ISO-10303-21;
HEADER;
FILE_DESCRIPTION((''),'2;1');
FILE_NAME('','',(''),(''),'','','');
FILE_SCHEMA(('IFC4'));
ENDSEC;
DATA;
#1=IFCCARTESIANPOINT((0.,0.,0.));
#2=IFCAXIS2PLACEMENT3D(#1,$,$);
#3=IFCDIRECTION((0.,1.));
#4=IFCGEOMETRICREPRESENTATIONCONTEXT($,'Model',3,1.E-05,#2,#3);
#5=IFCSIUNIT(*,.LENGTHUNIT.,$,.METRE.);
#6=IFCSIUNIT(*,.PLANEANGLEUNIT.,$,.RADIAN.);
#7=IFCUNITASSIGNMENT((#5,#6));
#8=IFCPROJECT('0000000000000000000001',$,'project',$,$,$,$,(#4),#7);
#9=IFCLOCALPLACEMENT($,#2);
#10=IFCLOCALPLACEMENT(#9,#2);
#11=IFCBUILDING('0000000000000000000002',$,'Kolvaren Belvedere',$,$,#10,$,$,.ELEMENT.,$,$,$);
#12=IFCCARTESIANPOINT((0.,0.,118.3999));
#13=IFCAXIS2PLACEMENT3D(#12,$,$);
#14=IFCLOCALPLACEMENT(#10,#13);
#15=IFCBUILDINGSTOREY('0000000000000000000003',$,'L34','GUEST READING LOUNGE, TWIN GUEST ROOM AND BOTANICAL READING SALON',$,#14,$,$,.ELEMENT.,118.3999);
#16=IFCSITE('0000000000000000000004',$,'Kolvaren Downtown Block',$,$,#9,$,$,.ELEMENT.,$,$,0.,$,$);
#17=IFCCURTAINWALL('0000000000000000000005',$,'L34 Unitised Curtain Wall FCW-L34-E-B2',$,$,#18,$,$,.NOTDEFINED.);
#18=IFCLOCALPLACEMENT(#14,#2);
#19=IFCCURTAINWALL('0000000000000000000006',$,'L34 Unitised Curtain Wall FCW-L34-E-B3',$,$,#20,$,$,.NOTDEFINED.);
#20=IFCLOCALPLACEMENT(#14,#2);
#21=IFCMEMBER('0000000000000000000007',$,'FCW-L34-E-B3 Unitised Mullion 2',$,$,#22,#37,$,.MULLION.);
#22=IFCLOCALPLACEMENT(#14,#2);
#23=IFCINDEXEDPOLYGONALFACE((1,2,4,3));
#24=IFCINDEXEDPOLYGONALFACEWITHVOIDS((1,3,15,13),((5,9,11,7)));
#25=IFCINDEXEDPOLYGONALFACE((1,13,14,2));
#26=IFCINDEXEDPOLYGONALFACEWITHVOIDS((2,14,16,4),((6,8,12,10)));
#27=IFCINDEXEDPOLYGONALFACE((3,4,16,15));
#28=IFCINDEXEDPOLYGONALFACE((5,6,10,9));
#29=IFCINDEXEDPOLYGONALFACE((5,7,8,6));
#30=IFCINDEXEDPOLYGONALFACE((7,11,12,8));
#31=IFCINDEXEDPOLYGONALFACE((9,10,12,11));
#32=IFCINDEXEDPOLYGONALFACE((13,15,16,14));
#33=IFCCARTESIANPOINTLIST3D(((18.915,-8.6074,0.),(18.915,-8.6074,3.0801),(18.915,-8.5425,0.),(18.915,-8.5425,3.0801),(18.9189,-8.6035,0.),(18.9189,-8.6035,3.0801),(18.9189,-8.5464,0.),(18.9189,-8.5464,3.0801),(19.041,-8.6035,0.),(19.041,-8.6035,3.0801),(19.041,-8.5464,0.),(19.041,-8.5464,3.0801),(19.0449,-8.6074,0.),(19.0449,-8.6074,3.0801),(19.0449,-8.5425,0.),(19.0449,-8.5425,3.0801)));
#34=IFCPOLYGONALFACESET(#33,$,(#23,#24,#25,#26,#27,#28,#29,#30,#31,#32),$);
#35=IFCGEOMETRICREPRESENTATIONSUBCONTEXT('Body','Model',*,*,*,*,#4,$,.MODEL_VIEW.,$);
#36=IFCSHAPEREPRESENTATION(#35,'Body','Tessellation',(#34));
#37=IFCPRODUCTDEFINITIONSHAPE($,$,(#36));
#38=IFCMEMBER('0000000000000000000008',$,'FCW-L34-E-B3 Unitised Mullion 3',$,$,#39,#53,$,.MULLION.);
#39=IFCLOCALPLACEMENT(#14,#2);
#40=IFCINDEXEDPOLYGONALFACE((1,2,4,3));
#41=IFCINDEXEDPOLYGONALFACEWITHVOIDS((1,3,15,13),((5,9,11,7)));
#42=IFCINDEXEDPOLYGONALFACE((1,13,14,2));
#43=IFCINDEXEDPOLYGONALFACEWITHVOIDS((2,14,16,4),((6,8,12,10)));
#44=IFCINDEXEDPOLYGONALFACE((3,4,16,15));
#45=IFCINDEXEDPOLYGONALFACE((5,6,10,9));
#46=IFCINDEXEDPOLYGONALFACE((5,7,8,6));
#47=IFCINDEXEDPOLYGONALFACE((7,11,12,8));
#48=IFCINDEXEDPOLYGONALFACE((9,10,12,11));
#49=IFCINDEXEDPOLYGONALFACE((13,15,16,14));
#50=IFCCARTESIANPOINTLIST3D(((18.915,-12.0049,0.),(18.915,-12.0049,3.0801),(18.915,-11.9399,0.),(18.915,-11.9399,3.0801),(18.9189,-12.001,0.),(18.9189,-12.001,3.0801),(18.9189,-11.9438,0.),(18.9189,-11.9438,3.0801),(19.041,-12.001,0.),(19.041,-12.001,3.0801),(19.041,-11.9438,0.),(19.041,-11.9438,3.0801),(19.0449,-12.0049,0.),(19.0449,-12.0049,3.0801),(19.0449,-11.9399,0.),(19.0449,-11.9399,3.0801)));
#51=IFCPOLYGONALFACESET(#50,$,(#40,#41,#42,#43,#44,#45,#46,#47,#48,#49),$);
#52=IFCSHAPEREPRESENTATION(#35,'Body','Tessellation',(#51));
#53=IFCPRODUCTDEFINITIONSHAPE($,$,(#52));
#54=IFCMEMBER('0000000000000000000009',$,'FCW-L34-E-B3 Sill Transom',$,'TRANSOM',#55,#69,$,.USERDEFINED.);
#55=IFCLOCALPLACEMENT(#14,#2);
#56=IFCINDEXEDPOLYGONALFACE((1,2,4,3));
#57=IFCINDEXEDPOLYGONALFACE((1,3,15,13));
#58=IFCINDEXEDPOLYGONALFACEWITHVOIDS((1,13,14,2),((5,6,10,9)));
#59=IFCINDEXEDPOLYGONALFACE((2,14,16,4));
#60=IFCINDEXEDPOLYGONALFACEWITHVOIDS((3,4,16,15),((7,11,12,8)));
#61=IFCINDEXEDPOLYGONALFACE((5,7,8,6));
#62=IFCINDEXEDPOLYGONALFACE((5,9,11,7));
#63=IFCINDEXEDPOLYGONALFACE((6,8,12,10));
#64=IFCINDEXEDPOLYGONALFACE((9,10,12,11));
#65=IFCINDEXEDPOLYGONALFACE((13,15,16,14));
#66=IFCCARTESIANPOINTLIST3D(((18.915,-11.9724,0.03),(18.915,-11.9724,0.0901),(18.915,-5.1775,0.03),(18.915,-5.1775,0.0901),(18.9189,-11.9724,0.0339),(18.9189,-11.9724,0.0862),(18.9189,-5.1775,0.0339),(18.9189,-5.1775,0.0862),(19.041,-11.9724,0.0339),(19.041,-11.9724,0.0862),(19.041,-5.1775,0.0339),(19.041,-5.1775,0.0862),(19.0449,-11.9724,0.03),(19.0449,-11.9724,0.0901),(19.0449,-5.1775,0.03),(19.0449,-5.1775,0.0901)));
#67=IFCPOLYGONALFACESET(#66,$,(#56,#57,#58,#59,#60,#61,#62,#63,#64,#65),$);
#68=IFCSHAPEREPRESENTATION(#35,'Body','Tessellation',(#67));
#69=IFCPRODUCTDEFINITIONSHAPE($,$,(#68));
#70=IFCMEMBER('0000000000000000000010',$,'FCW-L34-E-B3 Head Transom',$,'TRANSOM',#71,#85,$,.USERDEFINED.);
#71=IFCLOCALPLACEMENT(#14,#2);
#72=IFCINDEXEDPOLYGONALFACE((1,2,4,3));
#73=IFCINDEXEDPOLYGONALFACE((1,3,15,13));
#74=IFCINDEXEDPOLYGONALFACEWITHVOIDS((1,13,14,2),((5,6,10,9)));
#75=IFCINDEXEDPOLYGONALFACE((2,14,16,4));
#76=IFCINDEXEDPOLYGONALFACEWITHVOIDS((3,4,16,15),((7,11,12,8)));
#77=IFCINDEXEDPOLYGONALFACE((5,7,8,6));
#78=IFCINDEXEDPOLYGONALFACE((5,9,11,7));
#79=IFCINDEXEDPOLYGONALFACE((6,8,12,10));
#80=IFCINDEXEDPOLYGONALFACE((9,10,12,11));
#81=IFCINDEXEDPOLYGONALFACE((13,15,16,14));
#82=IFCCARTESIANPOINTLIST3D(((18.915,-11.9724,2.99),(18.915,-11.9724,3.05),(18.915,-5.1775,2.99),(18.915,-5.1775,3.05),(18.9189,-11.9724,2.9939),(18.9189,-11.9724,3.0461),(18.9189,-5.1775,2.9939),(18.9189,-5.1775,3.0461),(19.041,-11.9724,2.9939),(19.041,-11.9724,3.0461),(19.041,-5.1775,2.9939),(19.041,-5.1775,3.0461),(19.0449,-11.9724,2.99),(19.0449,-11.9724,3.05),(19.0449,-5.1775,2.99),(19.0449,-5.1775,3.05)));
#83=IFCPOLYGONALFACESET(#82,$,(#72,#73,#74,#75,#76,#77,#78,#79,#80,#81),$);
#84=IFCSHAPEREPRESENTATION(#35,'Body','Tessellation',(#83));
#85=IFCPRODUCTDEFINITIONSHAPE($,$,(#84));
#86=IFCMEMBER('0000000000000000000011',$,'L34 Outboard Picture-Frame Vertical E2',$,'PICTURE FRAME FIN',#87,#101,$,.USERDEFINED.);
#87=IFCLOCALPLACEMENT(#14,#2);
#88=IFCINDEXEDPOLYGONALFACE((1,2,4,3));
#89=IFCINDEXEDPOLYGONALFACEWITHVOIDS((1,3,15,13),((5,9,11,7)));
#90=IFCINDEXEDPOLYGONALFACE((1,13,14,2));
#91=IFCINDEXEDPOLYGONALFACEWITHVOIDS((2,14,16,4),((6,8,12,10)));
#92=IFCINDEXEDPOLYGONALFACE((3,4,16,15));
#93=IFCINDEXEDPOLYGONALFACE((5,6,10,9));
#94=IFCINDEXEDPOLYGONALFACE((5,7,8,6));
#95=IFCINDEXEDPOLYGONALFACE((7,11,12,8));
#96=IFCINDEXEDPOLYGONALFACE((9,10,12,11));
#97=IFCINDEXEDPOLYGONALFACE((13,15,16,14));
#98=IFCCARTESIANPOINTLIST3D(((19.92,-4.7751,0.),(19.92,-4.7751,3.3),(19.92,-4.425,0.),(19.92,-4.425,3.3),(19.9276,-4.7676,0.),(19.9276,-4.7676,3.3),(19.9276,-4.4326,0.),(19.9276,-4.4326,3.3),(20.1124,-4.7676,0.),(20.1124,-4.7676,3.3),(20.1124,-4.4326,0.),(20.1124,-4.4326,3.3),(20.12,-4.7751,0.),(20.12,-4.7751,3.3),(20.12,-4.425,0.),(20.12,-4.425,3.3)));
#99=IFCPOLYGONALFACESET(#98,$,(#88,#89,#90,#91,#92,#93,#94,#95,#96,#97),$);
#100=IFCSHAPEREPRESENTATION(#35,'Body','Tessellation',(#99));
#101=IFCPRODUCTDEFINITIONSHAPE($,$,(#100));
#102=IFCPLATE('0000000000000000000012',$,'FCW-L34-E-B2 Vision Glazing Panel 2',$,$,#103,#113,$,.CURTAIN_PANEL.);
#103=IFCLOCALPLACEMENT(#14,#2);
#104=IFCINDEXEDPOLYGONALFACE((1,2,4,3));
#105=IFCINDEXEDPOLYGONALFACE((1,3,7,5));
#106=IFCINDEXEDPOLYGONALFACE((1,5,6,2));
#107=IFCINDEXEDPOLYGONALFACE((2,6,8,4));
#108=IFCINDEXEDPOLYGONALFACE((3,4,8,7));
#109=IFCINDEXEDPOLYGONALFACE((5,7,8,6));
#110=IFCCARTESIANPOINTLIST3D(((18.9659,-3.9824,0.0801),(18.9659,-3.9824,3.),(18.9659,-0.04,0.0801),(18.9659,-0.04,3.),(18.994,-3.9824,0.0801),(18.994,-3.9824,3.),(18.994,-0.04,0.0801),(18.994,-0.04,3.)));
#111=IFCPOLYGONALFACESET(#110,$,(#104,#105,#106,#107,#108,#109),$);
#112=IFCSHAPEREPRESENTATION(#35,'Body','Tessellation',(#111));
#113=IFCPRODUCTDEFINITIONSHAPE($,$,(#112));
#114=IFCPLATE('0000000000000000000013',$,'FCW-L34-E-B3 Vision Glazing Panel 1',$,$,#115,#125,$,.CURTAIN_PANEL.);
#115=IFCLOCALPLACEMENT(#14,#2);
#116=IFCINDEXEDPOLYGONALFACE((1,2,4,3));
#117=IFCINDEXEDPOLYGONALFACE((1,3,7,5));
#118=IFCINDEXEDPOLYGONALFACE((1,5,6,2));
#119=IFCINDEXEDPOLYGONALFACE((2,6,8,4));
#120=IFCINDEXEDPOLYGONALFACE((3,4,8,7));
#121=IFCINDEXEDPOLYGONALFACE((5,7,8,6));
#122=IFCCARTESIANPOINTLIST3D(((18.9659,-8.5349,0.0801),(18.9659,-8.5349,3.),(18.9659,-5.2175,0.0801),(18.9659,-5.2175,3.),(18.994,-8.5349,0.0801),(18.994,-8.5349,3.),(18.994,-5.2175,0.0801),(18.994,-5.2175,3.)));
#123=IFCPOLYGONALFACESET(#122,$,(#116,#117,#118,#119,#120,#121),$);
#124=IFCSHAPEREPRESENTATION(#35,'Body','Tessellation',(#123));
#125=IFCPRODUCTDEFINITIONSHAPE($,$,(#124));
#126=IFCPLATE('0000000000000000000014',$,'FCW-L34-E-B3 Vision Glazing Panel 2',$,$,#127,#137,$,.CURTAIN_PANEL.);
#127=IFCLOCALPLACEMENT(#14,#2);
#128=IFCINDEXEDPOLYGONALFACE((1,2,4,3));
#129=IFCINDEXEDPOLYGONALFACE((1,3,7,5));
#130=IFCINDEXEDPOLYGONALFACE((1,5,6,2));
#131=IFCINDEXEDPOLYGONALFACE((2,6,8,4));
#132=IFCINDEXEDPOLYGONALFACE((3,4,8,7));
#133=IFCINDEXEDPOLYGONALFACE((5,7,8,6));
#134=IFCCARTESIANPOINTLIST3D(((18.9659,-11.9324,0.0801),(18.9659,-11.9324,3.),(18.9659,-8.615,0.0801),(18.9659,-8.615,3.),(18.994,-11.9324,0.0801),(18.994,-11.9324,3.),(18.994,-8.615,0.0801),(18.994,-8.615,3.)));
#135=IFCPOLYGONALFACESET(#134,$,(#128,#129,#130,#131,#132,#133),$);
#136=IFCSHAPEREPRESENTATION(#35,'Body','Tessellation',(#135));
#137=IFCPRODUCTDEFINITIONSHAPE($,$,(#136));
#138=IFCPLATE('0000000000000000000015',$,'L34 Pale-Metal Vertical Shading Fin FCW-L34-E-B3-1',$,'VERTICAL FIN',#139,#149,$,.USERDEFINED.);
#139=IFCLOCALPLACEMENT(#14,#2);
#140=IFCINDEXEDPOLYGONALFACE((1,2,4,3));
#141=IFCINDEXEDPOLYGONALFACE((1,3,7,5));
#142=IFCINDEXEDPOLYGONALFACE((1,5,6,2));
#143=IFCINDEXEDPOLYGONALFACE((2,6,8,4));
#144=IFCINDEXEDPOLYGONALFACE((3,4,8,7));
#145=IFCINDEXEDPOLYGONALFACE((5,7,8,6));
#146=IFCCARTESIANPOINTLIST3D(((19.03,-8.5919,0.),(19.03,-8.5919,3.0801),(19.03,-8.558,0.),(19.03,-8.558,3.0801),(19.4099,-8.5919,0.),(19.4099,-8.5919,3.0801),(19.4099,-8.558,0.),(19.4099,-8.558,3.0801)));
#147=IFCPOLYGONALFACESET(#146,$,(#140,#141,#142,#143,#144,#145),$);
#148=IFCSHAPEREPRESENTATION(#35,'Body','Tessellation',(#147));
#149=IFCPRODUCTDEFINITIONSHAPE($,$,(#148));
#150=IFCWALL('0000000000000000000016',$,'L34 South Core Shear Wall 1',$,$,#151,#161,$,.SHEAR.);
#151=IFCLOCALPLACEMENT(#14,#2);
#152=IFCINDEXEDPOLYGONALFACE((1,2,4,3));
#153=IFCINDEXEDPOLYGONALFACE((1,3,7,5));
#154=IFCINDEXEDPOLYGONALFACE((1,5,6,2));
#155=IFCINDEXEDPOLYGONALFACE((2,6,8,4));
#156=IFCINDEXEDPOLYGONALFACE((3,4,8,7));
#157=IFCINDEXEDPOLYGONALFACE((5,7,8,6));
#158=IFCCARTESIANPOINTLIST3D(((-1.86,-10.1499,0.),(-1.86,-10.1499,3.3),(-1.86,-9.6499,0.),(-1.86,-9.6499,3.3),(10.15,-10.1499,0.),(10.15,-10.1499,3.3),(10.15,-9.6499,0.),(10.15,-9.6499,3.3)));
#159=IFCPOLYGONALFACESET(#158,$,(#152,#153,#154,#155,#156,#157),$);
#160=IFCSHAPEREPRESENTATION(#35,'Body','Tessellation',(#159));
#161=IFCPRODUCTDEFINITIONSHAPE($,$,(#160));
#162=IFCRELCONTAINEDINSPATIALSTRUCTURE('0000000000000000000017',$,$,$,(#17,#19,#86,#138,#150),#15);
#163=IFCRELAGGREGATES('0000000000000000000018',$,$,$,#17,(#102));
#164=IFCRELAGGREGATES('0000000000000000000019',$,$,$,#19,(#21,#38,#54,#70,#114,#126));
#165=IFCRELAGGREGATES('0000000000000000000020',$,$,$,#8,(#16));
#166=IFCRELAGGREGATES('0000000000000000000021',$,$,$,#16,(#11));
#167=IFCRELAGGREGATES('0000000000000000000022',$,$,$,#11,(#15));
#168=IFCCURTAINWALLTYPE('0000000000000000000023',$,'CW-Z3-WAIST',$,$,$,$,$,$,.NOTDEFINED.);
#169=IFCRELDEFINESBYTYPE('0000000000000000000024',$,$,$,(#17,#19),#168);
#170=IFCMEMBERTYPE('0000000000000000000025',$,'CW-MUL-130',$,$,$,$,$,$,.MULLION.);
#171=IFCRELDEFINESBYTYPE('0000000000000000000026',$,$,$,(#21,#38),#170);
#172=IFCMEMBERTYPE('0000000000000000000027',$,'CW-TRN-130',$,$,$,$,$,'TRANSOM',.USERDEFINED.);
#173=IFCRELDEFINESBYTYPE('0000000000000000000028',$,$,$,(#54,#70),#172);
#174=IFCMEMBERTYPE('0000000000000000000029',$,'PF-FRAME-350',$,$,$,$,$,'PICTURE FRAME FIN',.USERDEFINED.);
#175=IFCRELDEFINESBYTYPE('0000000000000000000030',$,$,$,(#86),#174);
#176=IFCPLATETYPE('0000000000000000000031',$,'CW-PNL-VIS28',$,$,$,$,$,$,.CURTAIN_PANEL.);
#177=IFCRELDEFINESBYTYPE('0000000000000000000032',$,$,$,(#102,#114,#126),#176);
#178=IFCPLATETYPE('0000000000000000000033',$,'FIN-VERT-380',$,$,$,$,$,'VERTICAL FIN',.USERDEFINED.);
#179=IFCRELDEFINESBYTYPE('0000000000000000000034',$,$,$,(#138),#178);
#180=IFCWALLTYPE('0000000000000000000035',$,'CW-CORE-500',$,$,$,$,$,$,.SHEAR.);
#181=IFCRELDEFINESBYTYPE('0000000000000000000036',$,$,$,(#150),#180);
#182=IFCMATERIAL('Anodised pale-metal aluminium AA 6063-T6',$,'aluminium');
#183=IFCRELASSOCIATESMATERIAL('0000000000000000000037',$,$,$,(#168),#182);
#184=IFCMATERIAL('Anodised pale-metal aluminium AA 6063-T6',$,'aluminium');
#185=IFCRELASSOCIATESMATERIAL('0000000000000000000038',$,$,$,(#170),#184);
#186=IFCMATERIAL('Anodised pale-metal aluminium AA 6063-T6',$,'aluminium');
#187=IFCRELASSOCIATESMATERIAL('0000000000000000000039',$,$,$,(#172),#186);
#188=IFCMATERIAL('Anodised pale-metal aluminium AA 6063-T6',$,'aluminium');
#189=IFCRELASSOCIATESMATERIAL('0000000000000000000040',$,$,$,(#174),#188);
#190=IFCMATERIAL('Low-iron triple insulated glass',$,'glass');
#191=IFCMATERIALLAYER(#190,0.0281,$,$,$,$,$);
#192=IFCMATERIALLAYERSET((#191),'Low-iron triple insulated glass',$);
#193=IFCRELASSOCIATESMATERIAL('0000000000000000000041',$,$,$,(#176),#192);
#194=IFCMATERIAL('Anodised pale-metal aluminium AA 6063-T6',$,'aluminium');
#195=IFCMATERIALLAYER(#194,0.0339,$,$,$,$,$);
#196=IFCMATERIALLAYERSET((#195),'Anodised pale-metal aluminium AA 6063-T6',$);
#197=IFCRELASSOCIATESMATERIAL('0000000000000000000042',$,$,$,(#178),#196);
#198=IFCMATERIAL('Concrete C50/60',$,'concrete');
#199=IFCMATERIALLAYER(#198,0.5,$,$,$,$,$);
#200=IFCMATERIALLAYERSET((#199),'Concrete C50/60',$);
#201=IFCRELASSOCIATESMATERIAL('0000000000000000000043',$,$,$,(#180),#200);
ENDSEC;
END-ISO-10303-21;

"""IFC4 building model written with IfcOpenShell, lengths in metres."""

from ifc_helpers import new_model, si_unit, direction, frame, frame_2d, origin, origin_2d, place, context, subcontext, project, spatial, rectangle, hollow_rectangle, extrude, material, layer, layer_set, material_profile, profile_set, type_object, element, aggregate, save


model = new_model("IFC4")

# Units and contexts
model_context = context("Model", 3, precision=1e-05, world=origin(), true_north=direction((0.0, 1.0)))
body_context = subcontext(model_context, "Body", "Model", "MODEL_VIEW")
ifc_project = project(units=[si_unit("LENGTHUNIT", "METRE"), si_unit("PLANEANGLEUNIT", "RADIAN")], contexts=[model_context])

# Site, building, storey
site_placement = place(None, origin())
site = spatial("IfcSite", under=ifc_project, at=site_placement, Name="Kolvaren Downtown Block", CompositionType="ELEMENT", RefElevation=0.0)
building_placement = place(site_placement, origin())
building = spatial("IfcBuilding", under=site, at=building_placement, Name="Kolvaren Belvedere", CompositionType="ELEMENT")
storey_placement = place(building_placement, frame((0.0, 0.0, 118.3999)))
storey = spatial("IfcBuildingStorey", under=building, at=storey_placement, Name="L34", Description="GUEST READING LOUNGE, TWIN GUEST ROOM AND BOTANICAL READING SALON", CompositionType="ELEMENT", Elevation=118.3999)

# Curtain wall
ifc_material_1 = material(Name="Anodised pale-metal aluminium AA 6063-T6", Category="aluminium")
curtain_wall_type = type_object("IfcCurtainWallType", Name="CW-Z3-WAIST", PredefinedType="NOTDEFINED", material=ifc_material_1)
curtain_wall_1_placement = place(storey_placement, origin())
curtain_wall_1 = element("IfcCurtainWall", 1, at=curtain_wall_1_placement, inside=storey, type_object=curtain_wall_type, Name="L34 Unitised Curtain Wall FCW-L34-E-B2", PredefinedType="NOTDEFINED")
ifc_material_2 = material(Name="Anodised pale-metal aluminium AA 6063-T6", Category="aluminium")
ifc_material_profile_1 = material_profile(ifc_material_2, hollow_rectangle(XDim=0.0649, YDim=0.1299, WallThickness=0.0039, at=origin_2d()), Name="ALU-MUL-130X65")
ifc_profile_set_1 = profile_set([ifc_material_profile_1], Name="Anodised pale-metal aluminium AA 6063-T6")
member_type_1 = type_object("IfcMemberType", Name="CW-MUL-130", PredefinedType="MULLION", material=ifc_profile_set_1)

# Curtain wall, members
curtain_wall_2_placement = place(storey_placement, origin())
curtain_wall_2 = element("IfcCurtainWall", 2, at=curtain_wall_2_placement, inside=storey, type_object=curtain_wall_type, Name="L34 Unitised Curtain Wall FCW-L34-E-B3", PredefinedType="NOTDEFINED")
member_1_placement = place(storey_placement, frame((18.98, -8.575, 0.0), z_axis=(0.0, 0.0, 1.0), x_axis=(0.0, 1.0, 0.0)))
member_1 = element("IfcMember", 3, at=member_1_placement, type_object=member_type_1, Name="FCW-L34-E-B3 Unitised Mullion 2", PredefinedType="MULLION", context=body_context, shape_type="SweptSolid", body=[
    extrude(hollow_rectangle(XDim=0.0649, YDim=0.1299, WallThickness=0.0039, at=origin_2d()), origin(), (0.0, 0.0, 1.0), 3.0801),
])
member_2_placement = place(storey_placement, frame((18.98, -11.9724, 0.0), z_axis=(0.0, 0.0, 1.0), x_axis=(0.0, 1.0, 0.0)))
member_2 = element("IfcMember", 4, at=member_2_placement, type_object=member_type_1, Name="FCW-L34-E-B3 Unitised Mullion 3", PredefinedType="MULLION", context=body_context, shape_type="SweptSolid", body=[
    extrude(hollow_rectangle(XDim=0.0649, YDim=0.1299, WallThickness=0.0039, at=origin_2d()), origin(), (0.0, 0.0, 1.0), 3.0801),
])
ifc_material_3 = material(Name="Anodised pale-metal aluminium AA 6063-T6", Category="aluminium")
ifc_material_profile_2 = material_profile(ifc_material_3, hollow_rectangle(XDim=0.0601, YDim=0.1299, WallThickness=0.0039, at=origin_2d()), Name="ALU-TRN-130X60")
ifc_profile_set_2 = profile_set([ifc_material_profile_2], Name="Anodised pale-metal aluminium AA 6063-T6")
member_type_2 = type_object("IfcMemberType", Name="CW-TRN-130", ElementType="TRANSOM", PredefinedType="USERDEFINED", material=ifc_profile_set_2)
member_3_placement = place(storey_placement, frame((18.98, -5.1775, 0.0601), z_axis=(0.0, -1.0, 0.0), x_axis=(0.0, 0.0, 1.0)))
member_3 = element("IfcMember", 5, at=member_3_placement, type_object=member_type_2, Name="FCW-L34-E-B3 Sill Transom", ObjectType="TRANSOM", PredefinedType="USERDEFINED", context=body_context, shape_type="SweptSolid", body=[
    extrude(hollow_rectangle(XDim=0.0601, YDim=0.1299, WallThickness=0.0039, at=origin_2d()), origin(), (0.0, 0.0, 1.0), 6.7949),
])
member_4_placement = place(storey_placement, frame((18.98, -5.1775, 3.02), z_axis=(0.0, -1.0, 0.0), x_axis=(0.0, 0.0, 1.0)))
member_4 = element("IfcMember", 6, at=member_4_placement, type_object=member_type_2, Name="FCW-L34-E-B3 Head Transom", ObjectType="TRANSOM", PredefinedType="USERDEFINED", context=body_context, shape_type="SweptSolid", body=[
    extrude(hollow_rectangle(XDim=0.0601, YDim=0.1299, WallThickness=0.0039, at=origin_2d()), origin(), (0.0, 0.0, 1.0), 6.7949),
])

# Member
ifc_material_4 = material(Name="Anodised pale-metal aluminium AA 6063-T6", Category="aluminium")
ifc_material_profile_3 = material_profile(ifc_material_4, hollow_rectangle(XDim=0.2, YDim=0.3501, WallThickness=0.0076, at=origin_2d()), Name="ALU-PF-350X200")
ifc_profile_set_3 = profile_set([ifc_material_profile_3], Name="Anodised pale-metal aluminium AA 6063-T6")
member_type_3 = type_object("IfcMemberType", Name="PF-FRAME-350", ElementType="PICTURE FRAME FIN", PredefinedType="USERDEFINED", material=ifc_profile_set_3)
member_5_placement = place(storey_placement, frame((20.02, -4.6001, 0.0), z_axis=(0.0, 0.0, 1.0), x_axis=(1.0, 0.0, 0.0)))
element("IfcMember", 7, at=member_5_placement, inside=storey, type_object=member_type_3, Name="L34 Outboard Picture-Frame Vertical E2", ObjectType="PICTURE FRAME FIN", PredefinedType="USERDEFINED", context=body_context, shape_type="SweptSolid", body=[
    extrude(hollow_rectangle(XDim=0.2, YDim=0.3501, WallThickness=0.0076, at=origin_2d()), origin(), (0.0, 0.0, 1.0), 3.3),
])

# Plates
ifc_material_5 = material(Name="Low-iron triple insulated glass", Category="glass")
ifc_layer_1 = layer(ifc_material_5, 0.0281)
ifc_layer_set_1 = layer_set([ifc_layer_1], Name="Low-iron triple insulated glass")
plate_type_1 = type_object("IfcPlateType", Name="CW-PNL-VIS28", PredefinedType="CURTAIN_PANEL", material=ifc_layer_set_1)
plate_1_placement = place(storey_placement, frame((18.98, -2.0112, 0.0801), z_axis=(0.0, 0.0, 1.0), x_axis=(0.0, -1.0, 0.0)))
plate_1 = element("IfcPlate", 8, at=plate_1_placement, type_object=plate_type_1, Name="FCW-L34-E-B2 Vision Glazing Panel 2", PredefinedType="CURTAIN_PANEL", context=body_context, shape_type="SweptSolid", body=[
    extrude(rectangle(XDim=3.9424, YDim=0.0281, at=origin_2d()), origin(), (0.0, 0.0, 1.0), 2.9199),
])
aggregate(curtain_wall_1, [plate_1])
plate_2_placement = place(storey_placement, frame((18.98, -6.8762, 0.0801), z_axis=(0.0, 0.0, 1.0), x_axis=(0.0, -1.0, 0.0)))
plate_2 = element("IfcPlate", 9, at=plate_2_placement, type_object=plate_type_1, Name="FCW-L34-E-B3 Vision Glazing Panel 1", PredefinedType="CURTAIN_PANEL", context=body_context, shape_type="SweptSolid", body=[
    extrude(rectangle(XDim=3.3174, YDim=0.0281, at=origin_2d()), origin(), (0.0, 0.0, 1.0), 2.9199),
])
plate_3_placement = place(storey_placement, frame((18.98, -10.2737, 0.0801), z_axis=(0.0, 0.0, 1.0), x_axis=(0.0, -1.0, 0.0)))
plate_3 = element("IfcPlate", 10, at=plate_3_placement, type_object=plate_type_1, Name="FCW-L34-E-B3 Vision Glazing Panel 2", PredefinedType="CURTAIN_PANEL", context=body_context, shape_type="SweptSolid", body=[
    extrude(rectangle(XDim=3.3174, YDim=0.0281, at=origin_2d()), origin(), (0.0, 0.0, 1.0), 2.9199),
])
aggregate(curtain_wall_2, [member_1, member_2, member_3, member_4, plate_2, plate_3])
ifc_material_6 = material(Name="Anodised pale-metal aluminium AA 6063-T6", Category="aluminium")
ifc_layer_2 = layer(ifc_material_6, 0.0339)
ifc_layer_set_2 = layer_set([ifc_layer_2], Name="Anodised pale-metal aluminium AA 6063-T6")
plate_type_2 = type_object("IfcPlateType", Name="FIN-VERT-380", ElementType="VERTICAL FIN", PredefinedType="USERDEFINED", material=ifc_layer_set_2)
plate_4_placement = place(storey_placement, frame((19.22, -8.575, 0.0), z_axis=(0.0, 0.0, 1.0), x_axis=(1.0, 0.0, 0.0)))
element("IfcPlate", 11, at=plate_4_placement, inside=storey, type_object=plate_type_2, Name="L34 Pale-Metal Vertical Shading Fin FCW-L34-E-B3-1", ObjectType="VERTICAL FIN", PredefinedType="USERDEFINED", context=body_context, shape_type="SweptSolid", body=[
    extrude(rectangle(XDim=0.3799, YDim=0.0339, at=origin_2d()), origin(), (0.0, 0.0, 1.0), 3.0801),
])

# Wall
ifc_material_7 = material(Name="Concrete C50/60", Category="concrete")
ifc_layer_3 = layer(ifc_material_7, 0.5)
ifc_layer_set_3 = layer_set([ifc_layer_3], Name="Concrete C50/60")
wall_type_1 = type_object("IfcWallType", Name="CW-CORE-500", PredefinedType="SHEAR", material=ifc_layer_set_3)
wall_1_placement = place(storey_placement, frame((10.1499, -9.8999, 0.0), z_axis=(0.0, 0.0, 1.0), x_axis=(-1.0, 0.0, 0.0)))
element("IfcWall", 12, at=wall_1_placement, inside=storey, type_object=wall_type_1, Name="L34 South Core Shear Wall 1", PredefinedType="SHEAR", context=body_context, shape_type="SweptSolid", body=[
    extrude(rectangle(XDim=12.01, YDim=0.5, at=frame_2d((6.0049, 0.0))), origin(), (0.0, 0.0, 1.0), 3.3),
])

save(model, "model.ifc")
